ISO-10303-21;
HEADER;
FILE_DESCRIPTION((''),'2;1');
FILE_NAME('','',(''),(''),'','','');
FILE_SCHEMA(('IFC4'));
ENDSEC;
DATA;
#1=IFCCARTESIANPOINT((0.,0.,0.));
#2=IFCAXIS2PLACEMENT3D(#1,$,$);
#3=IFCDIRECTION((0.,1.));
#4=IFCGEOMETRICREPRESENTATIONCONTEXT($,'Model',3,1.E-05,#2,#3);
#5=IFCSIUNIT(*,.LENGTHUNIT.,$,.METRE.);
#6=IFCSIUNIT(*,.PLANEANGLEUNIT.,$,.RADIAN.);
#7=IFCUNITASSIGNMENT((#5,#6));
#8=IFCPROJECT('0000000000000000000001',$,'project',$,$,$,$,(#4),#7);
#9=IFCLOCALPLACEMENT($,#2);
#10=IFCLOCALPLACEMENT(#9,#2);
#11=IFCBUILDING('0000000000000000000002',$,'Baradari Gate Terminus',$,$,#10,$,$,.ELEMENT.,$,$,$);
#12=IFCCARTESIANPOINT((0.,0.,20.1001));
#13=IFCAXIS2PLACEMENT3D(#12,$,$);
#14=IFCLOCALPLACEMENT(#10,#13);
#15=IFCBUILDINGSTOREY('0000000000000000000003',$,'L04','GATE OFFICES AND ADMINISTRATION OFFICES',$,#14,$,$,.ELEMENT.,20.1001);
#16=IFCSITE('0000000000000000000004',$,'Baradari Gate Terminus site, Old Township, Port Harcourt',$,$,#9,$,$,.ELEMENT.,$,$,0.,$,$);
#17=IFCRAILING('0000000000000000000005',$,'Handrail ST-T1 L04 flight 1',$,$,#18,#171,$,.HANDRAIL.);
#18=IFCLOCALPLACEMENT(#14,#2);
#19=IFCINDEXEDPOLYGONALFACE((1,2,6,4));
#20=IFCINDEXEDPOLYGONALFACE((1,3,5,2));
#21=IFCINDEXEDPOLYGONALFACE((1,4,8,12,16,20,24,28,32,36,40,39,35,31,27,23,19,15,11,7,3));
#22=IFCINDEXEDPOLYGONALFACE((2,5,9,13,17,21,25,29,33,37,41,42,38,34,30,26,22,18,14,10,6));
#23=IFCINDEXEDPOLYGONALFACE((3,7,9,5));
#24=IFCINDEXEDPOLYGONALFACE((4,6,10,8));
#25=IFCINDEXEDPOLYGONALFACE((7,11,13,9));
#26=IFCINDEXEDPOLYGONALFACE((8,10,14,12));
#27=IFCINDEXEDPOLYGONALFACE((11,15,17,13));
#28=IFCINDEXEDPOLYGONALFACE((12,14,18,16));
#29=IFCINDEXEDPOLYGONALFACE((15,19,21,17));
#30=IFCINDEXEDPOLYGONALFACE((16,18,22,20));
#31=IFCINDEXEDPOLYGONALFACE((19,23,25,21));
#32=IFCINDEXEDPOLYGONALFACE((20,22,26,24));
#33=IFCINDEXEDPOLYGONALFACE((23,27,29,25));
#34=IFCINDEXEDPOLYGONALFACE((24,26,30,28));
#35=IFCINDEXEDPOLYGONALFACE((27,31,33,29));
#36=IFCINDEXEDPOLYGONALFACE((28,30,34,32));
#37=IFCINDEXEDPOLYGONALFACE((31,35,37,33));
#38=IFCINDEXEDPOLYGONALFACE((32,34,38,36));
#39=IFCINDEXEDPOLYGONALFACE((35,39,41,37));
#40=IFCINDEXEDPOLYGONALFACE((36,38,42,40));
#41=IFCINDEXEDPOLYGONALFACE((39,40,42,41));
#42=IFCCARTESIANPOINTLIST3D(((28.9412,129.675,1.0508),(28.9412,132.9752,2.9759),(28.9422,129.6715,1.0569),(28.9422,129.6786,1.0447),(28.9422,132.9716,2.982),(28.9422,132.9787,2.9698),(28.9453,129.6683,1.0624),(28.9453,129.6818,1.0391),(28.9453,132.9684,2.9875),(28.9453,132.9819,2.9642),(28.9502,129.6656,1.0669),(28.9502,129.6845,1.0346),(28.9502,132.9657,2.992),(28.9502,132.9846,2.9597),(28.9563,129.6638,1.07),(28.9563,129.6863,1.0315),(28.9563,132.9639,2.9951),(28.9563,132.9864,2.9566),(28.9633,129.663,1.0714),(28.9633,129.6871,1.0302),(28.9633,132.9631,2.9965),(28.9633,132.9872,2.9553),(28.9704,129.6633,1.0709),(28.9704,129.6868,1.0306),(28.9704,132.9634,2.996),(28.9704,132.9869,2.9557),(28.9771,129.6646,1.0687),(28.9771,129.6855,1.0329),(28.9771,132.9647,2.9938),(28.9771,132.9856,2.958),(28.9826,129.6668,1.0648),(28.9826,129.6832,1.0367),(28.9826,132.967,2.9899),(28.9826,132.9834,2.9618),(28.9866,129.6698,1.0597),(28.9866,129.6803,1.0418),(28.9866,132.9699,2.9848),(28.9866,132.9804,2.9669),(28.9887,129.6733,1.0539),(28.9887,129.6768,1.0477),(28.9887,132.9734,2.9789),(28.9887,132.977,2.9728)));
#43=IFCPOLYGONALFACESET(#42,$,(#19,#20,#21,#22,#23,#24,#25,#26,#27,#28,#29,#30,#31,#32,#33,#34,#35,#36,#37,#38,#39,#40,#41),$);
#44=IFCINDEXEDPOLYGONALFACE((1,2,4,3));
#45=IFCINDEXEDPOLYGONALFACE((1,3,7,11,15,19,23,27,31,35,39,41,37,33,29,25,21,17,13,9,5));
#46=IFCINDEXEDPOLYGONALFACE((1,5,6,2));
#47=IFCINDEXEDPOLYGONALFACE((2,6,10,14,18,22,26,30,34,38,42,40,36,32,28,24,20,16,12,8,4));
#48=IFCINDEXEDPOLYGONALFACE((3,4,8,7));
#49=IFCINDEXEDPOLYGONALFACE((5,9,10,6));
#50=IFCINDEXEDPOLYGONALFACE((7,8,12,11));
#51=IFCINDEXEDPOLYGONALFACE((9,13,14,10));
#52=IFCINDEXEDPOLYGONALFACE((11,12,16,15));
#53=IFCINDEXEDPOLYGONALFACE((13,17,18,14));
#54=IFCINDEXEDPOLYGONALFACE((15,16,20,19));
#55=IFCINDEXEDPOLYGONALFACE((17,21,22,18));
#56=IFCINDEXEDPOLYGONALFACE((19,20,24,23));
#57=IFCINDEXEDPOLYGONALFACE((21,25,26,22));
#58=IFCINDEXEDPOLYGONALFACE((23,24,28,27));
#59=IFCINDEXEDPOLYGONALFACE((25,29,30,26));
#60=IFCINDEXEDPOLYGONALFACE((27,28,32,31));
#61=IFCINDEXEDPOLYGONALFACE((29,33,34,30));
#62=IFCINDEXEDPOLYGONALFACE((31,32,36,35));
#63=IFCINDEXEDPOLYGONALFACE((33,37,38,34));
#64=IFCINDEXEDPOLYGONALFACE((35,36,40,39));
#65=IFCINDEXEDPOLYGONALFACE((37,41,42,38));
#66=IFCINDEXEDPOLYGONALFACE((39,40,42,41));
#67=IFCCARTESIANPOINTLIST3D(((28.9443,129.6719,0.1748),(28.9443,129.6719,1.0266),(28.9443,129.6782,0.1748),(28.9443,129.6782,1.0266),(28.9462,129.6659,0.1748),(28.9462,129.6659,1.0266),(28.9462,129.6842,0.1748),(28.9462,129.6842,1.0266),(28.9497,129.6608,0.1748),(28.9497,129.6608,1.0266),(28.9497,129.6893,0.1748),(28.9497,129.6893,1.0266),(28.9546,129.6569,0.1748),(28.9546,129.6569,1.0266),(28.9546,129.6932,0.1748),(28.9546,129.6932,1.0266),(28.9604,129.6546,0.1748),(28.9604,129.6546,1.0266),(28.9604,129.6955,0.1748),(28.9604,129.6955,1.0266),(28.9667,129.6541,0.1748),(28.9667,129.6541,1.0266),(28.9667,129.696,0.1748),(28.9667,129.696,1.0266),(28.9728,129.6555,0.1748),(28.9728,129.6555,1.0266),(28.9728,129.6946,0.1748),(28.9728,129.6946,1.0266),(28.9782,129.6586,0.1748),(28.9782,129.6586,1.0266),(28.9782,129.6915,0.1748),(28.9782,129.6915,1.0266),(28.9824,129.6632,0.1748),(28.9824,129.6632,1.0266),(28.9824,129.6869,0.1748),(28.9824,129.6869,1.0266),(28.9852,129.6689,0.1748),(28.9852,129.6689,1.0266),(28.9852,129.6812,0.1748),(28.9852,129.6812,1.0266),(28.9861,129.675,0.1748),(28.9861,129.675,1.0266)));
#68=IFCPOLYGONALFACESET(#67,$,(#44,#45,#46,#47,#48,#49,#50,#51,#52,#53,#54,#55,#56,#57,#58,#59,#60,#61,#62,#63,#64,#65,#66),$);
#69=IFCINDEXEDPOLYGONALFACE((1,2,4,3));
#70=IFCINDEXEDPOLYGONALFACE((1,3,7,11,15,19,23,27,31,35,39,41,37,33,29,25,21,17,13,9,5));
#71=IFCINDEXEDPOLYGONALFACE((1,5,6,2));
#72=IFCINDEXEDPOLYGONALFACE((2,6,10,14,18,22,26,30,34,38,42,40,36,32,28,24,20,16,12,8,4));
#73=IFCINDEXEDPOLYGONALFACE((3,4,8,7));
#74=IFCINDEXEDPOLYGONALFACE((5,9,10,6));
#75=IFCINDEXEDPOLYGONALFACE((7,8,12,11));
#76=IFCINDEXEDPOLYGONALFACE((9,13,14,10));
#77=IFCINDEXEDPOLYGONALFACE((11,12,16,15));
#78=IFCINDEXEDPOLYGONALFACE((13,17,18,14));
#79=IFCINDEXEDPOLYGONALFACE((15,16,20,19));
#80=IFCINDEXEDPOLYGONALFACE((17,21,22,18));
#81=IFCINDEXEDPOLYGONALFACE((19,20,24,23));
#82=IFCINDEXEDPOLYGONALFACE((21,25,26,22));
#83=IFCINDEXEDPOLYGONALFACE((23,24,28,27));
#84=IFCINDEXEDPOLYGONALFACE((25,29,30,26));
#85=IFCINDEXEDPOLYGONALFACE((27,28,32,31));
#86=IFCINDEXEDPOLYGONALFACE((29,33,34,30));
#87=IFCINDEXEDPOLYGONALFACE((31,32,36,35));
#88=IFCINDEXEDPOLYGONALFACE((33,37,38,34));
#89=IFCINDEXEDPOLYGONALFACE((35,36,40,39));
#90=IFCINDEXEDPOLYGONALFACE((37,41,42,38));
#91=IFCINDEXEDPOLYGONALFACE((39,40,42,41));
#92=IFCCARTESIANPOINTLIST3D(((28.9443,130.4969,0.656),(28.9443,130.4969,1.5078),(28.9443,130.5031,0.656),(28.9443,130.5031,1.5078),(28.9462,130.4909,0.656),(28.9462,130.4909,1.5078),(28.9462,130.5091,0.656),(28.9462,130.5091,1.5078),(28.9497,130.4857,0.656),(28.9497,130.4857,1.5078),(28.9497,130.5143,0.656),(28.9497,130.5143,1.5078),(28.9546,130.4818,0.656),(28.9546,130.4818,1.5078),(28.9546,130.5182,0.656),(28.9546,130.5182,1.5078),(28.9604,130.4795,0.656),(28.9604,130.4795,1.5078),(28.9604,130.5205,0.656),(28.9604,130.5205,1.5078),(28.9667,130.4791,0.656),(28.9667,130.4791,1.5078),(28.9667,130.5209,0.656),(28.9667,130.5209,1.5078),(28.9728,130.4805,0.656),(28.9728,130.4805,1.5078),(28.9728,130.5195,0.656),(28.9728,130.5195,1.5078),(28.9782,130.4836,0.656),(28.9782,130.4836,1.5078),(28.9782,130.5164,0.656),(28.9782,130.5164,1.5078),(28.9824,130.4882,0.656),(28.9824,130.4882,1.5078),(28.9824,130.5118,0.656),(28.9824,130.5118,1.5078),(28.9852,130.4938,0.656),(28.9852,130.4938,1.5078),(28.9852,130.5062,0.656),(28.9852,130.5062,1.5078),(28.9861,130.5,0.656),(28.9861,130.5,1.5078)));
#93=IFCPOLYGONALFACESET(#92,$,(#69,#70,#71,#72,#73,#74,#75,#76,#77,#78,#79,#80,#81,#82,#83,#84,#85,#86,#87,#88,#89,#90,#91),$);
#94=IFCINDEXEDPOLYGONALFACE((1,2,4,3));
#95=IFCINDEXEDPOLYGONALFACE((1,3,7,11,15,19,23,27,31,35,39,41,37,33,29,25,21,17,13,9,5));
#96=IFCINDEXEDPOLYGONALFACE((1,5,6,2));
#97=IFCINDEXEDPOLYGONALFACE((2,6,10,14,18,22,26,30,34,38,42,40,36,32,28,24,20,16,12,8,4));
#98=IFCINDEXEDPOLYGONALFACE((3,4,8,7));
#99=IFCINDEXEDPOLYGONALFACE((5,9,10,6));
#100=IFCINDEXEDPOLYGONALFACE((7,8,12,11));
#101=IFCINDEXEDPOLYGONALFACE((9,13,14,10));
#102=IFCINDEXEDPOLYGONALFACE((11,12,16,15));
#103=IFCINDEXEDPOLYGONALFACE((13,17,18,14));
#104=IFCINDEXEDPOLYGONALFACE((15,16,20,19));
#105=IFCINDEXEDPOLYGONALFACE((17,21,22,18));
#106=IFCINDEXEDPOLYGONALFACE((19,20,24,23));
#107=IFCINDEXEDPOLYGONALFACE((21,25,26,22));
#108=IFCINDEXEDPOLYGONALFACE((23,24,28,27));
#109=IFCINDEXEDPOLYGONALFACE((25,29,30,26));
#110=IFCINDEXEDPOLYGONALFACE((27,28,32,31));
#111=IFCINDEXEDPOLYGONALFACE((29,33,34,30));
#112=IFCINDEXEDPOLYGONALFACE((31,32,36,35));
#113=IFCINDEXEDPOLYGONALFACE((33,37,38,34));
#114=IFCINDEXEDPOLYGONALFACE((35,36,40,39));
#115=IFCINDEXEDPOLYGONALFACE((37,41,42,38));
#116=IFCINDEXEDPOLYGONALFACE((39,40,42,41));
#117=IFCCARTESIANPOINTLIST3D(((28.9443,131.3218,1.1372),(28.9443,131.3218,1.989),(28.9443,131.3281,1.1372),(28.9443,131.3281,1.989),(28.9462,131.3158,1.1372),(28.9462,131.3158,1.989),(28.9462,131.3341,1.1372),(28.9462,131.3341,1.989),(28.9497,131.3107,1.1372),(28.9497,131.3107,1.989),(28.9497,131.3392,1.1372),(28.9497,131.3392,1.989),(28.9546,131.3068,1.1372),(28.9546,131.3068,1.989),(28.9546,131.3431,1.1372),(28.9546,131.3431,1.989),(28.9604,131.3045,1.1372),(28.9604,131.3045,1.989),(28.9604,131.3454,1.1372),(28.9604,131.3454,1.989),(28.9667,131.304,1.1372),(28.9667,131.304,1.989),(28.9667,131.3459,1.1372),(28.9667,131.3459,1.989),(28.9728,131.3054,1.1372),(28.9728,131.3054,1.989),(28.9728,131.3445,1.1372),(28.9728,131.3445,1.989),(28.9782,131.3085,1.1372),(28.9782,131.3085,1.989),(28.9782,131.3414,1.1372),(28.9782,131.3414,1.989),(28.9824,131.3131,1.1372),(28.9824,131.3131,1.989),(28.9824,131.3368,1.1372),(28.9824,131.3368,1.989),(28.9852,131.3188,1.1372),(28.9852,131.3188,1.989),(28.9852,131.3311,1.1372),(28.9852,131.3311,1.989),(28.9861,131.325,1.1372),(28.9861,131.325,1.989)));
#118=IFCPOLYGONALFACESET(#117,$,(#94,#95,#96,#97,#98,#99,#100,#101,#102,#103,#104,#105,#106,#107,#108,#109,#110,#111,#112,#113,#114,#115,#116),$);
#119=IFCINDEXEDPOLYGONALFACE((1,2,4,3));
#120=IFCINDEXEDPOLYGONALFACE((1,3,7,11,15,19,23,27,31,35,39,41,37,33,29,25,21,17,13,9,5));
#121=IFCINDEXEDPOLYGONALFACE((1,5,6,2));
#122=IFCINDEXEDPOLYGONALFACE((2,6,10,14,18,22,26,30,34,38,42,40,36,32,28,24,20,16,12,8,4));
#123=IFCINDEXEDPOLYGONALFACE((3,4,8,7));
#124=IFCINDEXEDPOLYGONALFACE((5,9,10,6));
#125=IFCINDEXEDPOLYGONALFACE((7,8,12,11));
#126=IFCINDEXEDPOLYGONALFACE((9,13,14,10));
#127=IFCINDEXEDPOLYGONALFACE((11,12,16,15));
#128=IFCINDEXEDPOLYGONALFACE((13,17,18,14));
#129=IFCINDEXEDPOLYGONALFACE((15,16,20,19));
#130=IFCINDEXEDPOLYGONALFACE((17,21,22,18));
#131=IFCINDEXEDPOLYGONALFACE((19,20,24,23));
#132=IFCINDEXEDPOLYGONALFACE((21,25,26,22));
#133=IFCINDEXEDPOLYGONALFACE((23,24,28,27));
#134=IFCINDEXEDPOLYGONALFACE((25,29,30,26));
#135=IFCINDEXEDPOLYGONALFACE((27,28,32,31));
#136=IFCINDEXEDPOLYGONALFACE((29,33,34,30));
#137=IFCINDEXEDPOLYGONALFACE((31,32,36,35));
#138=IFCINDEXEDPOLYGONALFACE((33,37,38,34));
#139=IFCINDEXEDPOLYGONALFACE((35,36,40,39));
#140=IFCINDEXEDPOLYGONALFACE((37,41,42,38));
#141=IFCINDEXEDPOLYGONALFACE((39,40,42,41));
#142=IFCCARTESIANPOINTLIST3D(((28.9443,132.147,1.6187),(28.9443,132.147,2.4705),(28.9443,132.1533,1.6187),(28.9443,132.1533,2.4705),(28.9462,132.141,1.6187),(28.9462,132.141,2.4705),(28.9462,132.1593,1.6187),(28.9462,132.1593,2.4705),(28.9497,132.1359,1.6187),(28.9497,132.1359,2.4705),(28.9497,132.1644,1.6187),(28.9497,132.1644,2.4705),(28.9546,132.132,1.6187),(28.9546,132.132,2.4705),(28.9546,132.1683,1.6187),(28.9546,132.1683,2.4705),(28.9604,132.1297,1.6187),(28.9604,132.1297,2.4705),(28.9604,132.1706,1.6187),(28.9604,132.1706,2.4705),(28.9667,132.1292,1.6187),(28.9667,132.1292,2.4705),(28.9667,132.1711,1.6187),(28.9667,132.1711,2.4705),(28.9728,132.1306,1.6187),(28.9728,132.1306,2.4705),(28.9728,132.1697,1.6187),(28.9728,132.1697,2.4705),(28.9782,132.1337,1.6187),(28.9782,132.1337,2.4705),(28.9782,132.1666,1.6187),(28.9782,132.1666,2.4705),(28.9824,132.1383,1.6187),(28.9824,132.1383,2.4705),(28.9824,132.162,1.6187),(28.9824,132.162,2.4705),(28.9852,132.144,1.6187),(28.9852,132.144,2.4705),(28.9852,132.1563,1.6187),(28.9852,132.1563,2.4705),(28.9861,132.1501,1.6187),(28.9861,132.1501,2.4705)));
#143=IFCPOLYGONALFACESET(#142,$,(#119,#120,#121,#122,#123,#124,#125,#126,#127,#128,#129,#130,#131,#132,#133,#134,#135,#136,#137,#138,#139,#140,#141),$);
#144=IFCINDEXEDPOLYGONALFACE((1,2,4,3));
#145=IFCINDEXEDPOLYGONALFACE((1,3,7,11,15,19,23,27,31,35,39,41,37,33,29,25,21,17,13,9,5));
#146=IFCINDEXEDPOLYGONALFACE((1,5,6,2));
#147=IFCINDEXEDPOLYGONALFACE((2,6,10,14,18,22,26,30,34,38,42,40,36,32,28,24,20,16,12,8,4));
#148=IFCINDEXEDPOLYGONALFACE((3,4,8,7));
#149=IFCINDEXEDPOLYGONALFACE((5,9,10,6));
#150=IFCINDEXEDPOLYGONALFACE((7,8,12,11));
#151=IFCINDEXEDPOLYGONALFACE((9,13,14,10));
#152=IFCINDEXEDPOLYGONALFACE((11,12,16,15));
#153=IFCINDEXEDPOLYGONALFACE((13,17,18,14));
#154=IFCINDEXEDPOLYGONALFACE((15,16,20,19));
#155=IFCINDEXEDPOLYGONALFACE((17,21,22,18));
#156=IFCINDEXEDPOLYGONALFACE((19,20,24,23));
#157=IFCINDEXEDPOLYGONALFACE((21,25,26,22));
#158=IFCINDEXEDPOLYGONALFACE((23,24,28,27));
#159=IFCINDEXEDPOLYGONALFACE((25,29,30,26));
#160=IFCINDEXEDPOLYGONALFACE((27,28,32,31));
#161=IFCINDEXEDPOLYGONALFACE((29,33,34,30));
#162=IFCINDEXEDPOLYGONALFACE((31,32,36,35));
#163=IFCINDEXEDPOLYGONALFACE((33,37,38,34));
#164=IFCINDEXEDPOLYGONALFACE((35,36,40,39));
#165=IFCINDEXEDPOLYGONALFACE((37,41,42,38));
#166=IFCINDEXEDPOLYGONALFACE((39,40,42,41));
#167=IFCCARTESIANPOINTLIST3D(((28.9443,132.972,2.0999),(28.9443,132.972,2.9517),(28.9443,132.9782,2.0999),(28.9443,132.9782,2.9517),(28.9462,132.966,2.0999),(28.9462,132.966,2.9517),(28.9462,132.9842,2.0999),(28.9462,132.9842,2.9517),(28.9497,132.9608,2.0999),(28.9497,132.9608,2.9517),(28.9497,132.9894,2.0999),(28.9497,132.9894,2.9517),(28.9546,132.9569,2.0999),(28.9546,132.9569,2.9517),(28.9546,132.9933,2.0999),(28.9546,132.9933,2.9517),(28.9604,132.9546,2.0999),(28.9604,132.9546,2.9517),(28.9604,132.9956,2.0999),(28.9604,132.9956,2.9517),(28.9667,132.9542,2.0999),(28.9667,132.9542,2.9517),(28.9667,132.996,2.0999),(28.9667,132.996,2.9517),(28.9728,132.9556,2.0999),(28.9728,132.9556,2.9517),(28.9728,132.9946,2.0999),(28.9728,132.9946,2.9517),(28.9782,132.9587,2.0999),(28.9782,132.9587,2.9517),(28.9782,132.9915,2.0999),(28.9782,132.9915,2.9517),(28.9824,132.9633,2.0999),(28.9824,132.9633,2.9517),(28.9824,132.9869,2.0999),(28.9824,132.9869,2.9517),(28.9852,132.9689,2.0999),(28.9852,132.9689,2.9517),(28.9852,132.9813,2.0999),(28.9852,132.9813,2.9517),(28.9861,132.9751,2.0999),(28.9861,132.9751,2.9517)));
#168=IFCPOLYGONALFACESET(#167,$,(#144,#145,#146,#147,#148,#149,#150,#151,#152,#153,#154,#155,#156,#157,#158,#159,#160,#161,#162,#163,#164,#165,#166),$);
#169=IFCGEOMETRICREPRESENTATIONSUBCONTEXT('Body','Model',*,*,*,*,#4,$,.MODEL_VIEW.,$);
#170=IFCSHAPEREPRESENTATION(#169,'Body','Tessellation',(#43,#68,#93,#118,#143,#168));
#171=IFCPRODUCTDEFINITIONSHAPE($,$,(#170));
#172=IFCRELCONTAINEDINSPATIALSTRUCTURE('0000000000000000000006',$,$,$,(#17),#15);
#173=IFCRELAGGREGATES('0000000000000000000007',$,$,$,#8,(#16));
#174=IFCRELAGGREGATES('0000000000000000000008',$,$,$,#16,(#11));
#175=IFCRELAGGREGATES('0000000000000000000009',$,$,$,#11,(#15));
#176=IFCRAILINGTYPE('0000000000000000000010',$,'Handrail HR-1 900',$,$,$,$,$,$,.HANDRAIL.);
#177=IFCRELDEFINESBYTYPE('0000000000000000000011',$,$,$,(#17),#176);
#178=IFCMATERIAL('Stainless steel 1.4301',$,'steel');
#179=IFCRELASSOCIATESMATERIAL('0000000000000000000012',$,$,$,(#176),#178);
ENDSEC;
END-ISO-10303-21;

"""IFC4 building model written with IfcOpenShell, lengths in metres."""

from ifc_helpers import new_model, si_unit, direction, frame, origin, origin_2d, place, context, subcontext, project, spatial, circle, extrude, material, type_object, element, save


model = new_model("IFC4")

# Units and contexts
model_context = context("Model", 3, precision=1e-05, world=origin(), true_north=direction((0.0, 1.0)))
body_context = subcontext(model_context, "Body", "Model", "MODEL_VIEW")
ifc_project = project(units=[si_unit("LENGTHUNIT", "METRE"), si_unit("PLANEANGLEUNIT", "RADIAN")], contexts=[model_context])

# Site, building, storey
site_placement = place(None, origin())
site = spatial("IfcSite", under=ifc_project, at=site_placement, Name="Baradari Gate Terminus site, Old Township, Port Harcourt", CompositionType="ELEMENT", RefElevation=0.0)
building_placement = place(site_placement, origin())
building = spatial("IfcBuilding", under=site, at=building_placement, Name="Baradari Gate Terminus", CompositionType="ELEMENT")
storey_placement = place(building_placement, frame((0.0, 0.0, 20.1001)))
storey = spatial("IfcBuildingStorey", under=building, at=storey_placement, Name="L04", Description="GATE OFFICES AND ADMINISTRATION OFFICES", CompositionType="ELEMENT", Elevation=20.1001)

# Railing
ifc_material_1 = material(Name="Stainless steel 1.4301", Category="steel")
railing_type = type_object("IfcRailingType", Name="Handrail HR-1 900", PredefinedType="HANDRAIL", material=ifc_material_1)
for number, where, name in (
    (1, (28.9651, 129.675, 0.1748), "Handrail ST-T1 L04 flight 1"),
):
    element("IfcRailing", number, at=place(storey_placement, frame(where)), inside=storey, type_object=railing_type, Name=name, PredefinedType="HANDRAIL", context=body_context, shape_type="SweptSolid", body=[
        extrude(circle(Radius=0.0239, at=origin_2d()), frame((0.0, 0.0, 0.876), z_axis=(0.0, 0.863777, 0.503875), x_axis=(-1.0, 0.0, 0.0)), (0.0, 0.0, 1.0), 3.8206),
        extrude(circle(Radius=0.021, at=origin_2d()), origin(), (0.0, 0.0, 1.0), 0.8518),
        extrude(circle(Radius=0.021, at=origin_2d()), frame((0.0, 0.825, 0.4812)), (0.0, 0.0, 1.0), 0.8518),
        extrude(circle(Radius=0.021, at=origin_2d()), frame((0.0, 1.6499, 0.9624)), (0.0, 0.0, 1.0), 0.8518),
        extrude(circle(Radius=0.021, at=origin_2d()), frame((0.0, 2.4751, 1.4438)), (0.0, 0.0, 1.0), 0.8518),
        extrude(circle(Radius=0.021, at=origin_2d()), frame((0.0, 3.3, 1.925)), (0.0, 0.0, 1.0), 0.8518),
    ])

save(model, "model.ifc")
